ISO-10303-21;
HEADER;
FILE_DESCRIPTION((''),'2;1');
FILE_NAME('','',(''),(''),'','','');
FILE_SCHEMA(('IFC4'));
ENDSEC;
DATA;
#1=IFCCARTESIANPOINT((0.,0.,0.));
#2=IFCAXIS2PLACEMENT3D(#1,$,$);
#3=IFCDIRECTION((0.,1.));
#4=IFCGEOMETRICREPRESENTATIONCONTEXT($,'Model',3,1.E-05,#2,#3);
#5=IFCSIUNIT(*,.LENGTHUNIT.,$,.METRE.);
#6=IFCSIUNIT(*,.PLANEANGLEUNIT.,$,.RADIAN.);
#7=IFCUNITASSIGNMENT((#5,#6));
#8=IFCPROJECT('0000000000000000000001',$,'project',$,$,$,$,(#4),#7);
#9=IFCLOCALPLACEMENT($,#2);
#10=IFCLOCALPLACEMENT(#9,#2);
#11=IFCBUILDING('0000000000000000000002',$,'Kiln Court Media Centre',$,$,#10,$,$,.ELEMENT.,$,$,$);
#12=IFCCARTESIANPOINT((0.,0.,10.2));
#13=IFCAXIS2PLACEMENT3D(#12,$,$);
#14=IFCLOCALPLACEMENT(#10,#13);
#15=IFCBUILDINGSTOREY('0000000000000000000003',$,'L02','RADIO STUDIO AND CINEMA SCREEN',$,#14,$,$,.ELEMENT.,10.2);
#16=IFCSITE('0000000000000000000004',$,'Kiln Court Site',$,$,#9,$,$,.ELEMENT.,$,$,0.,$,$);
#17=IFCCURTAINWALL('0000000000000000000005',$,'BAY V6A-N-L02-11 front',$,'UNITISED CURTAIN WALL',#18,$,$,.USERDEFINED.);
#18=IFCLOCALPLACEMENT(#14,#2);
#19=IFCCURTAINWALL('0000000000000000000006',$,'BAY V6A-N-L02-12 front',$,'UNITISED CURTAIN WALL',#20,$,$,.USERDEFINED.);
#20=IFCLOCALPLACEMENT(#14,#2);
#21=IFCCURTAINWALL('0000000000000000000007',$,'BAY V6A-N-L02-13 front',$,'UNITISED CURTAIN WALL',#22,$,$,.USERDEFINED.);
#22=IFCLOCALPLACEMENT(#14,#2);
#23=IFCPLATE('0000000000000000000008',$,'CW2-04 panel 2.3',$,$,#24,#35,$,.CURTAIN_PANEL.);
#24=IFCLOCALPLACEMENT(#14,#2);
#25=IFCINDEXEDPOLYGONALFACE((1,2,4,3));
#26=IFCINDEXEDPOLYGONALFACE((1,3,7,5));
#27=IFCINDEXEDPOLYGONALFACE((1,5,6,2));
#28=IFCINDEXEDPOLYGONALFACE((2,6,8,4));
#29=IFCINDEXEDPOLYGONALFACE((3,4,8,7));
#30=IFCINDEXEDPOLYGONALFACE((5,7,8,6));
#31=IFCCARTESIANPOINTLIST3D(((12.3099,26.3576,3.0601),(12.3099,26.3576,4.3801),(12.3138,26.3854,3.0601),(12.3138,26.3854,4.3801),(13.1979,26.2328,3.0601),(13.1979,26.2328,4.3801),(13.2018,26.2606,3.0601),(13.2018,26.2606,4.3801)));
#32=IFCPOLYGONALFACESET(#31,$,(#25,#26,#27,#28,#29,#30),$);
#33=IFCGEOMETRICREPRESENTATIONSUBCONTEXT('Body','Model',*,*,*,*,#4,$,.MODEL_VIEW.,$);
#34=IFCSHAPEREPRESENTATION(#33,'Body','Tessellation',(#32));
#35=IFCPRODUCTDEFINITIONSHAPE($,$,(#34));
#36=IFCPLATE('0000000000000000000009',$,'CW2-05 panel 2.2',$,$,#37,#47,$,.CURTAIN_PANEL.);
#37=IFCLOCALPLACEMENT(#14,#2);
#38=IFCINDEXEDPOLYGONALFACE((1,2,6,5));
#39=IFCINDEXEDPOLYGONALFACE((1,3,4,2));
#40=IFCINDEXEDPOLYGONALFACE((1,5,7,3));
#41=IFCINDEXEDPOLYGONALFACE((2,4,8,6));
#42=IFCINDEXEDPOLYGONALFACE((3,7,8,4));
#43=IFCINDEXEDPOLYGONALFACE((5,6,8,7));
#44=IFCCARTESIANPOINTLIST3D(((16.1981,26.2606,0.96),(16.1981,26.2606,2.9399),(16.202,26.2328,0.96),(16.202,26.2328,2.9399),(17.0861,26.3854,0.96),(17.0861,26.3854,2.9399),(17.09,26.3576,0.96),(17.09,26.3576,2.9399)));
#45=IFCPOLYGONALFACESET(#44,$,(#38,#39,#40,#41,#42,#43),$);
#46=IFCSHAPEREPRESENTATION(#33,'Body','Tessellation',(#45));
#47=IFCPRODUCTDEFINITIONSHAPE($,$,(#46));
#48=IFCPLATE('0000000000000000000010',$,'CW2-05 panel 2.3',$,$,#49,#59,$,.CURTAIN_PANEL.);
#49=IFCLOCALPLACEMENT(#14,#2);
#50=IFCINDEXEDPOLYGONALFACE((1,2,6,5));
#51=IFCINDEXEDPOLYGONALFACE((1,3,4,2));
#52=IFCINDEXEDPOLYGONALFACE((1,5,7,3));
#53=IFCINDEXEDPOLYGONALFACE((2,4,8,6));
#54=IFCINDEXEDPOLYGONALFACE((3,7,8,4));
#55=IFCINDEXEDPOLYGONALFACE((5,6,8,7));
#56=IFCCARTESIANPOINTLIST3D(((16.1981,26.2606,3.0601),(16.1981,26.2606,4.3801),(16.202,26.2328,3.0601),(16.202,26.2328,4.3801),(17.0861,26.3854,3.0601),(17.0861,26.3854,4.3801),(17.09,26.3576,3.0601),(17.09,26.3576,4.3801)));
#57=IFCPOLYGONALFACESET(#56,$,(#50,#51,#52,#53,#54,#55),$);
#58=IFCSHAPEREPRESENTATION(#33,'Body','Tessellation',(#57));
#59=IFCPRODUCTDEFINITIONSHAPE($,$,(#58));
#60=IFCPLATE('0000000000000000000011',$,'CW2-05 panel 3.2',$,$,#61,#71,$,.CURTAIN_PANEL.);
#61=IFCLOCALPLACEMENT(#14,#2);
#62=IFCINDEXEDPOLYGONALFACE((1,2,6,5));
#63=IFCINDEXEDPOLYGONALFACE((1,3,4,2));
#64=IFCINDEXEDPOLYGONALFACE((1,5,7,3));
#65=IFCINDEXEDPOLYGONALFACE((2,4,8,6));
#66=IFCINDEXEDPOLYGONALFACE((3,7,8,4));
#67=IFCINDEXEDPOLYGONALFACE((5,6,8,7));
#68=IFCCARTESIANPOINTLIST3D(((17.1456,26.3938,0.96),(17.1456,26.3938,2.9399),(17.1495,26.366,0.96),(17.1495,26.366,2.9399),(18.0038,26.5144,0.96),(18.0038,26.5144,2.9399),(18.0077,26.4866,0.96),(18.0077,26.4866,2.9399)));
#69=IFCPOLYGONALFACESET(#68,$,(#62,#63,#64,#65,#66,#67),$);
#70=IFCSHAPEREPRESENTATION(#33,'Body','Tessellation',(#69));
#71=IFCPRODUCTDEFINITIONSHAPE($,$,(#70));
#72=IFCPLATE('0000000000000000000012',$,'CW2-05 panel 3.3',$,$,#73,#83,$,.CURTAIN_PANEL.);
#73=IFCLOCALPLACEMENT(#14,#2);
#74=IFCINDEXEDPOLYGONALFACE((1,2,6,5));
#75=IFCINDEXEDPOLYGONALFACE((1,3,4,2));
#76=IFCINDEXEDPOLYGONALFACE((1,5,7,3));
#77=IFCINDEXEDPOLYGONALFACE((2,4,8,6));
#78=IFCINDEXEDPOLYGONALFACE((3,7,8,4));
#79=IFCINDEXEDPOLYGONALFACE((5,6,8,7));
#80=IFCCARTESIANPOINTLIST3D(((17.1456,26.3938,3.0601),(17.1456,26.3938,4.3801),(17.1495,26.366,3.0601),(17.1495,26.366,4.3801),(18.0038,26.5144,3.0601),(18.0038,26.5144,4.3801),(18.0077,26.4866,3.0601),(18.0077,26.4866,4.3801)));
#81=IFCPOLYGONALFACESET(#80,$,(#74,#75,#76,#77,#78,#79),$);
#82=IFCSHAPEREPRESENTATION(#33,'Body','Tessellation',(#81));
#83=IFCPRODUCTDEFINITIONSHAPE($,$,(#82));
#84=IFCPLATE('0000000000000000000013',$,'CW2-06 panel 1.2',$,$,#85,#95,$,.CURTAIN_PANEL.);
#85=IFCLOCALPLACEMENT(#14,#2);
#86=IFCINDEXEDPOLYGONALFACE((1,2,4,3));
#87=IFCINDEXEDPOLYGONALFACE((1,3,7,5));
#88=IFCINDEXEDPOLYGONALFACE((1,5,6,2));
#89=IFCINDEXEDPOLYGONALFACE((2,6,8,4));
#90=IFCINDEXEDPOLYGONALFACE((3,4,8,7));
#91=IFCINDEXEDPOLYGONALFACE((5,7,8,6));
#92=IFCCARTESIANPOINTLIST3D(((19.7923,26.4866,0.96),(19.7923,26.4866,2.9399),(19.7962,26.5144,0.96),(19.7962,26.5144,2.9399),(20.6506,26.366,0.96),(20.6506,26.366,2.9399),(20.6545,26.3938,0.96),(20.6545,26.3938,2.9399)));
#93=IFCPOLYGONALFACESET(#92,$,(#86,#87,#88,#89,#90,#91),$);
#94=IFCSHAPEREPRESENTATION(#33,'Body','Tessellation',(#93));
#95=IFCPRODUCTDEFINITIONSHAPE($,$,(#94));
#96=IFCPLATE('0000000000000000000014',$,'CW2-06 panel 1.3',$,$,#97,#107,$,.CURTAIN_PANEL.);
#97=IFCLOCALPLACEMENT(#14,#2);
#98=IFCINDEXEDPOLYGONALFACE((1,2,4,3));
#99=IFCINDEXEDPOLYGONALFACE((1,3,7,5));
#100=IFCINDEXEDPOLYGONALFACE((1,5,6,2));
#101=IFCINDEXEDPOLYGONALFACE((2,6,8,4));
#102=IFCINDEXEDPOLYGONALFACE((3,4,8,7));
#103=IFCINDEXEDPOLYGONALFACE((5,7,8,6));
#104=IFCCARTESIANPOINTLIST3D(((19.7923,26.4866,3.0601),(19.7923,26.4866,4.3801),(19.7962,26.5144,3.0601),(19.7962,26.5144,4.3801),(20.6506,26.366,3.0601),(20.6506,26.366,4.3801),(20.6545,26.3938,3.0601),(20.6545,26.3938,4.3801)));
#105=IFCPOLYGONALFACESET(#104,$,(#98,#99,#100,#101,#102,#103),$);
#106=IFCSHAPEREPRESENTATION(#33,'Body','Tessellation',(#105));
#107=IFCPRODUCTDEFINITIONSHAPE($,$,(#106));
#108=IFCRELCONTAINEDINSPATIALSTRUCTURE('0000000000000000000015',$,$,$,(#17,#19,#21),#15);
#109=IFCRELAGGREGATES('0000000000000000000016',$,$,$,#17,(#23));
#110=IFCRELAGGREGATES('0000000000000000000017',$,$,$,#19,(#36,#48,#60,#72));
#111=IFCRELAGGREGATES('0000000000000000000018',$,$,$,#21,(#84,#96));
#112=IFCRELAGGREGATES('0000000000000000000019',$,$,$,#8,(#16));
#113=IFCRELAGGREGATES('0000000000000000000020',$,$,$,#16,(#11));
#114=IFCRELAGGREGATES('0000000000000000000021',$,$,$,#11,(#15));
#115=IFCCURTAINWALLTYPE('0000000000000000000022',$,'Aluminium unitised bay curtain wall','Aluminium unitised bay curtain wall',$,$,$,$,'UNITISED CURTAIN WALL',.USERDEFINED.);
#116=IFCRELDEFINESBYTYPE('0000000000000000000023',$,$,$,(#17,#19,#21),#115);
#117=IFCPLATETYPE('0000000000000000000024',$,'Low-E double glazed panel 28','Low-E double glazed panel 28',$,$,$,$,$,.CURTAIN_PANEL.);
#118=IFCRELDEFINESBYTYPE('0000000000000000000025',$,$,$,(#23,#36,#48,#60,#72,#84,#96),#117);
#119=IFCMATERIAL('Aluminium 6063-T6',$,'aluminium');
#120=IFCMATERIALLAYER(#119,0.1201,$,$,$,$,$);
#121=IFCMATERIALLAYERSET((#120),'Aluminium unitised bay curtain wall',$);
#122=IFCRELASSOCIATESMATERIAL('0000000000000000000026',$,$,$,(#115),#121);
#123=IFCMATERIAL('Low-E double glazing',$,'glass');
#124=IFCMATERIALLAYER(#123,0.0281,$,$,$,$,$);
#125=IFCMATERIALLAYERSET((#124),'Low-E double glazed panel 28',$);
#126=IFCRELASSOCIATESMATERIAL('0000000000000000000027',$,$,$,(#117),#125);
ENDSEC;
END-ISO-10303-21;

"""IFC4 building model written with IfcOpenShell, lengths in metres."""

from ifc_helpers import new_model, si_unit, direction, frame, origin, origin_2d, place, context, subcontext, project, spatial, rectangle, extrude, material, layer, layer_set, type_object, element, aggregate, save


model = new_model("IFC4")

# Units and contexts
model_context = context("Model", 3, precision=1e-05, world=origin(), true_north=direction((0.0, 1.0)))
body_context = subcontext(model_context, "Body", "Model", "MODEL_VIEW")
ifc_project = project(units=[si_unit("LENGTHUNIT", "METRE"), si_unit("PLANEANGLEUNIT", "RADIAN")], contexts=[model_context])

# Site, building, storey
site_placement = place(None, origin())
site = spatial("IfcSite", under=ifc_project, at=site_placement, Name="Kiln Court Site", CompositionType="ELEMENT", RefElevation=0.0)
building_placement = place(site_placement, origin())
building = spatial("IfcBuilding", under=site, at=building_placement, Name="Kiln Court Media Centre", CompositionType="ELEMENT")
storey_placement = place(building_placement, frame((0.0, 0.0, 10.2)))
storey = spatial("IfcBuildingStorey", under=building, at=storey_placement, Name="L02", Description="RADIO STUDIO AND CINEMA SCREEN", CompositionType="ELEMENT", Elevation=10.2)

# Curtain wall
ifc_material_1 = material(Name="Aluminium 6063-T6", Category="aluminium")
ifc_layer_1 = layer(ifc_material_1, 0.1201)
ifc_layer_set_1 = layer_set([ifc_layer_1], Name="Aluminium unitised bay curtain wall")
curtain_wall_type = type_object("IfcCurtainWallType", Name="Aluminium unitised bay curtain wall", Description="Aluminium unitised bay curtain wall", ElementType="UNITISED CURTAIN WALL", PredefinedType="USERDEFINED", material=ifc_layer_set_1)
curtain_wall_1_placement = place(storey_placement, origin())
curtain_wall_1 = element("IfcCurtainWall", 1, at=curtain_wall_1_placement, inside=storey, type_object=curtain_wall_type, Name="BAY V6A-N-L02-11 front", ObjectType="UNITISED CURTAIN WALL", PredefinedType="USERDEFINED")

# Curtain walls
curtain_wall_2_placement = place(storey_placement, origin())
curtain_wall_2 = element("IfcCurtainWall", 2, at=curtain_wall_2_placement, inside=storey, type_object=curtain_wall_type, Name="BAY V6A-N-L02-12 front", ObjectType="UNITISED CURTAIN WALL", PredefinedType="USERDEFINED")
curtain_wall_3_placement = place(storey_placement, origin())
curtain_wall_3 = element("IfcCurtainWall", 3, at=curtain_wall_3_placement, inside=storey, type_object=curtain_wall_type, Name="BAY V6A-N-L02-13 front", ObjectType="UNITISED CURTAIN WALL", PredefinedType="USERDEFINED")

# Plates
ifc_material_2 = material(Name="Low-E double glazing", Category="glass")
ifc_layer_2 = layer(ifc_material_2, 0.0281)
ifc_layer_set_2 = layer_set([ifc_layer_2], Name="Low-E double glazed panel 28")
plate_type_1 = type_object("IfcPlateType", Name="Low-E double glazed panel 28", Description="Low-E double glazed panel 28", PredefinedType="CURTAIN_PANEL", material=ifc_layer_set_2)
plate_1_placement = place(storey_placement, frame((12.7559, 26.3091, 3.0601), z_axis=(0.0, 0.0, 1.0), x_axis=(0.99027, -0.139162, 0.0)))
plate_1 = element("IfcPlate", 4, at=plate_1_placement, type_object=plate_type_1, Name="CW2-04 panel 2.3", PredefinedType="CURTAIN_PANEL", context=body_context, shape_type="SweptSolid", body=[
    extrude(rectangle(XDim=0.8967, YDim=0.0281, at=origin_2d()), origin(), (0.0, 0.0, 1.0), 1.3201),
])
aggregate(curtain_wall_1, [plate_1])
plate_2_placement = place(storey_placement, frame((16.644, 26.3091, 0.96), z_axis=(0.0, 0.0, 1.0), x_axis=(0.99027, 0.139162, 0.0)))
plate_2 = element("IfcPlate", 5, at=plate_2_placement, type_object=plate_type_1, Name="CW2-05 panel 2.2", PredefinedType="CURTAIN_PANEL", context=body_context, shape_type="SweptSolid", body=[
    extrude(rectangle(XDim=0.8967, YDim=0.0281, at=origin_2d()), origin(), (0.0, 0.0, 1.0), 1.98),
])
plate_3_placement = place(storey_placement, frame((16.644, 26.3091, 3.0601), z_axis=(0.0, 0.0, 1.0), x_axis=(0.99027, 0.139162, 0.0)))
plate_3 = element("IfcPlate", 6, at=plate_3_placement, type_object=plate_type_1, Name="CW2-05 panel 2.3", PredefinedType="CURTAIN_PANEL", context=body_context, shape_type="SweptSolid", body=[
    extrude(rectangle(XDim=0.8967, YDim=0.0281, at=origin_2d()), origin(), (0.0, 0.0, 1.0), 1.3201),
])
plate_4_placement = place(storey_placement, frame((17.5767, 26.4402, 0.96), z_axis=(0.0, 0.0, 1.0), x_axis=(0.99027, 0.139162, 0.0)))
plate_4 = element("IfcPlate", 7, at=plate_4_placement, type_object=plate_type_1, Name="CW2-05 panel 3.2", PredefinedType="CURTAIN_PANEL", context=body_context, shape_type="SweptSolid", body=[
    extrude(rectangle(XDim=0.8667, YDim=0.0281, at=origin_2d()), origin(), (0.0, 0.0, 1.0), 1.98),
])
plate_5_placement = place(storey_placement, frame((17.5767, 26.4402, 3.0601), z_axis=(0.0, 0.0, 1.0), x_axis=(0.99027, 0.139162, 0.0)))
plate_5 = element("IfcPlate", 8, at=plate_5_placement, type_object=plate_type_1, Name="CW2-05 panel 3.3", PredefinedType="CURTAIN_PANEL", context=body_context, shape_type="SweptSolid", body=[
    extrude(rectangle(XDim=0.8667, YDim=0.0281, at=origin_2d()), origin(), (0.0, 0.0, 1.0), 1.3201),
])
aggregate(curtain_wall_2, [plate_2, plate_3, plate_4, plate_5])
plate_6_placement = place(storey_placement, frame((20.2234, 26.4402, 0.96), z_axis=(0.0, 0.0, 1.0), x_axis=(0.99027, -0.139162, 0.0)))
plate_6 = element("IfcPlate", 9, at=plate_6_placement, type_object=plate_type_1, Name="CW2-06 panel 1.2", PredefinedType="CURTAIN_PANEL", context=body_context, shape_type="SweptSolid", body=[
    extrude(rectangle(XDim=0.8667, YDim=0.0281, at=origin_2d()), origin(), (0.0, 0.0, 1.0), 1.98),
])
plate_7_placement = place(storey_placement, frame((20.2234, 26.4402, 3.0601), z_axis=(0.0, 0.0, 1.0), x_axis=(0.99027, -0.139162, 0.0)))
plate_7 = element("IfcPlate", 10, at=plate_7_placement, type_object=plate_type_1, Name="CW2-06 panel 1.3", PredefinedType="CURTAIN_PANEL", context=body_context, shape_type="SweptSolid", body=[
    extrude(rectangle(XDim=0.8667, YDim=0.0281, at=origin_2d()), origin(), (0.0, 0.0, 1.0), 1.3201),
])
aggregate(curtain_wall_3, [plate_6, plate_7])

save(model, "model.ifc")
